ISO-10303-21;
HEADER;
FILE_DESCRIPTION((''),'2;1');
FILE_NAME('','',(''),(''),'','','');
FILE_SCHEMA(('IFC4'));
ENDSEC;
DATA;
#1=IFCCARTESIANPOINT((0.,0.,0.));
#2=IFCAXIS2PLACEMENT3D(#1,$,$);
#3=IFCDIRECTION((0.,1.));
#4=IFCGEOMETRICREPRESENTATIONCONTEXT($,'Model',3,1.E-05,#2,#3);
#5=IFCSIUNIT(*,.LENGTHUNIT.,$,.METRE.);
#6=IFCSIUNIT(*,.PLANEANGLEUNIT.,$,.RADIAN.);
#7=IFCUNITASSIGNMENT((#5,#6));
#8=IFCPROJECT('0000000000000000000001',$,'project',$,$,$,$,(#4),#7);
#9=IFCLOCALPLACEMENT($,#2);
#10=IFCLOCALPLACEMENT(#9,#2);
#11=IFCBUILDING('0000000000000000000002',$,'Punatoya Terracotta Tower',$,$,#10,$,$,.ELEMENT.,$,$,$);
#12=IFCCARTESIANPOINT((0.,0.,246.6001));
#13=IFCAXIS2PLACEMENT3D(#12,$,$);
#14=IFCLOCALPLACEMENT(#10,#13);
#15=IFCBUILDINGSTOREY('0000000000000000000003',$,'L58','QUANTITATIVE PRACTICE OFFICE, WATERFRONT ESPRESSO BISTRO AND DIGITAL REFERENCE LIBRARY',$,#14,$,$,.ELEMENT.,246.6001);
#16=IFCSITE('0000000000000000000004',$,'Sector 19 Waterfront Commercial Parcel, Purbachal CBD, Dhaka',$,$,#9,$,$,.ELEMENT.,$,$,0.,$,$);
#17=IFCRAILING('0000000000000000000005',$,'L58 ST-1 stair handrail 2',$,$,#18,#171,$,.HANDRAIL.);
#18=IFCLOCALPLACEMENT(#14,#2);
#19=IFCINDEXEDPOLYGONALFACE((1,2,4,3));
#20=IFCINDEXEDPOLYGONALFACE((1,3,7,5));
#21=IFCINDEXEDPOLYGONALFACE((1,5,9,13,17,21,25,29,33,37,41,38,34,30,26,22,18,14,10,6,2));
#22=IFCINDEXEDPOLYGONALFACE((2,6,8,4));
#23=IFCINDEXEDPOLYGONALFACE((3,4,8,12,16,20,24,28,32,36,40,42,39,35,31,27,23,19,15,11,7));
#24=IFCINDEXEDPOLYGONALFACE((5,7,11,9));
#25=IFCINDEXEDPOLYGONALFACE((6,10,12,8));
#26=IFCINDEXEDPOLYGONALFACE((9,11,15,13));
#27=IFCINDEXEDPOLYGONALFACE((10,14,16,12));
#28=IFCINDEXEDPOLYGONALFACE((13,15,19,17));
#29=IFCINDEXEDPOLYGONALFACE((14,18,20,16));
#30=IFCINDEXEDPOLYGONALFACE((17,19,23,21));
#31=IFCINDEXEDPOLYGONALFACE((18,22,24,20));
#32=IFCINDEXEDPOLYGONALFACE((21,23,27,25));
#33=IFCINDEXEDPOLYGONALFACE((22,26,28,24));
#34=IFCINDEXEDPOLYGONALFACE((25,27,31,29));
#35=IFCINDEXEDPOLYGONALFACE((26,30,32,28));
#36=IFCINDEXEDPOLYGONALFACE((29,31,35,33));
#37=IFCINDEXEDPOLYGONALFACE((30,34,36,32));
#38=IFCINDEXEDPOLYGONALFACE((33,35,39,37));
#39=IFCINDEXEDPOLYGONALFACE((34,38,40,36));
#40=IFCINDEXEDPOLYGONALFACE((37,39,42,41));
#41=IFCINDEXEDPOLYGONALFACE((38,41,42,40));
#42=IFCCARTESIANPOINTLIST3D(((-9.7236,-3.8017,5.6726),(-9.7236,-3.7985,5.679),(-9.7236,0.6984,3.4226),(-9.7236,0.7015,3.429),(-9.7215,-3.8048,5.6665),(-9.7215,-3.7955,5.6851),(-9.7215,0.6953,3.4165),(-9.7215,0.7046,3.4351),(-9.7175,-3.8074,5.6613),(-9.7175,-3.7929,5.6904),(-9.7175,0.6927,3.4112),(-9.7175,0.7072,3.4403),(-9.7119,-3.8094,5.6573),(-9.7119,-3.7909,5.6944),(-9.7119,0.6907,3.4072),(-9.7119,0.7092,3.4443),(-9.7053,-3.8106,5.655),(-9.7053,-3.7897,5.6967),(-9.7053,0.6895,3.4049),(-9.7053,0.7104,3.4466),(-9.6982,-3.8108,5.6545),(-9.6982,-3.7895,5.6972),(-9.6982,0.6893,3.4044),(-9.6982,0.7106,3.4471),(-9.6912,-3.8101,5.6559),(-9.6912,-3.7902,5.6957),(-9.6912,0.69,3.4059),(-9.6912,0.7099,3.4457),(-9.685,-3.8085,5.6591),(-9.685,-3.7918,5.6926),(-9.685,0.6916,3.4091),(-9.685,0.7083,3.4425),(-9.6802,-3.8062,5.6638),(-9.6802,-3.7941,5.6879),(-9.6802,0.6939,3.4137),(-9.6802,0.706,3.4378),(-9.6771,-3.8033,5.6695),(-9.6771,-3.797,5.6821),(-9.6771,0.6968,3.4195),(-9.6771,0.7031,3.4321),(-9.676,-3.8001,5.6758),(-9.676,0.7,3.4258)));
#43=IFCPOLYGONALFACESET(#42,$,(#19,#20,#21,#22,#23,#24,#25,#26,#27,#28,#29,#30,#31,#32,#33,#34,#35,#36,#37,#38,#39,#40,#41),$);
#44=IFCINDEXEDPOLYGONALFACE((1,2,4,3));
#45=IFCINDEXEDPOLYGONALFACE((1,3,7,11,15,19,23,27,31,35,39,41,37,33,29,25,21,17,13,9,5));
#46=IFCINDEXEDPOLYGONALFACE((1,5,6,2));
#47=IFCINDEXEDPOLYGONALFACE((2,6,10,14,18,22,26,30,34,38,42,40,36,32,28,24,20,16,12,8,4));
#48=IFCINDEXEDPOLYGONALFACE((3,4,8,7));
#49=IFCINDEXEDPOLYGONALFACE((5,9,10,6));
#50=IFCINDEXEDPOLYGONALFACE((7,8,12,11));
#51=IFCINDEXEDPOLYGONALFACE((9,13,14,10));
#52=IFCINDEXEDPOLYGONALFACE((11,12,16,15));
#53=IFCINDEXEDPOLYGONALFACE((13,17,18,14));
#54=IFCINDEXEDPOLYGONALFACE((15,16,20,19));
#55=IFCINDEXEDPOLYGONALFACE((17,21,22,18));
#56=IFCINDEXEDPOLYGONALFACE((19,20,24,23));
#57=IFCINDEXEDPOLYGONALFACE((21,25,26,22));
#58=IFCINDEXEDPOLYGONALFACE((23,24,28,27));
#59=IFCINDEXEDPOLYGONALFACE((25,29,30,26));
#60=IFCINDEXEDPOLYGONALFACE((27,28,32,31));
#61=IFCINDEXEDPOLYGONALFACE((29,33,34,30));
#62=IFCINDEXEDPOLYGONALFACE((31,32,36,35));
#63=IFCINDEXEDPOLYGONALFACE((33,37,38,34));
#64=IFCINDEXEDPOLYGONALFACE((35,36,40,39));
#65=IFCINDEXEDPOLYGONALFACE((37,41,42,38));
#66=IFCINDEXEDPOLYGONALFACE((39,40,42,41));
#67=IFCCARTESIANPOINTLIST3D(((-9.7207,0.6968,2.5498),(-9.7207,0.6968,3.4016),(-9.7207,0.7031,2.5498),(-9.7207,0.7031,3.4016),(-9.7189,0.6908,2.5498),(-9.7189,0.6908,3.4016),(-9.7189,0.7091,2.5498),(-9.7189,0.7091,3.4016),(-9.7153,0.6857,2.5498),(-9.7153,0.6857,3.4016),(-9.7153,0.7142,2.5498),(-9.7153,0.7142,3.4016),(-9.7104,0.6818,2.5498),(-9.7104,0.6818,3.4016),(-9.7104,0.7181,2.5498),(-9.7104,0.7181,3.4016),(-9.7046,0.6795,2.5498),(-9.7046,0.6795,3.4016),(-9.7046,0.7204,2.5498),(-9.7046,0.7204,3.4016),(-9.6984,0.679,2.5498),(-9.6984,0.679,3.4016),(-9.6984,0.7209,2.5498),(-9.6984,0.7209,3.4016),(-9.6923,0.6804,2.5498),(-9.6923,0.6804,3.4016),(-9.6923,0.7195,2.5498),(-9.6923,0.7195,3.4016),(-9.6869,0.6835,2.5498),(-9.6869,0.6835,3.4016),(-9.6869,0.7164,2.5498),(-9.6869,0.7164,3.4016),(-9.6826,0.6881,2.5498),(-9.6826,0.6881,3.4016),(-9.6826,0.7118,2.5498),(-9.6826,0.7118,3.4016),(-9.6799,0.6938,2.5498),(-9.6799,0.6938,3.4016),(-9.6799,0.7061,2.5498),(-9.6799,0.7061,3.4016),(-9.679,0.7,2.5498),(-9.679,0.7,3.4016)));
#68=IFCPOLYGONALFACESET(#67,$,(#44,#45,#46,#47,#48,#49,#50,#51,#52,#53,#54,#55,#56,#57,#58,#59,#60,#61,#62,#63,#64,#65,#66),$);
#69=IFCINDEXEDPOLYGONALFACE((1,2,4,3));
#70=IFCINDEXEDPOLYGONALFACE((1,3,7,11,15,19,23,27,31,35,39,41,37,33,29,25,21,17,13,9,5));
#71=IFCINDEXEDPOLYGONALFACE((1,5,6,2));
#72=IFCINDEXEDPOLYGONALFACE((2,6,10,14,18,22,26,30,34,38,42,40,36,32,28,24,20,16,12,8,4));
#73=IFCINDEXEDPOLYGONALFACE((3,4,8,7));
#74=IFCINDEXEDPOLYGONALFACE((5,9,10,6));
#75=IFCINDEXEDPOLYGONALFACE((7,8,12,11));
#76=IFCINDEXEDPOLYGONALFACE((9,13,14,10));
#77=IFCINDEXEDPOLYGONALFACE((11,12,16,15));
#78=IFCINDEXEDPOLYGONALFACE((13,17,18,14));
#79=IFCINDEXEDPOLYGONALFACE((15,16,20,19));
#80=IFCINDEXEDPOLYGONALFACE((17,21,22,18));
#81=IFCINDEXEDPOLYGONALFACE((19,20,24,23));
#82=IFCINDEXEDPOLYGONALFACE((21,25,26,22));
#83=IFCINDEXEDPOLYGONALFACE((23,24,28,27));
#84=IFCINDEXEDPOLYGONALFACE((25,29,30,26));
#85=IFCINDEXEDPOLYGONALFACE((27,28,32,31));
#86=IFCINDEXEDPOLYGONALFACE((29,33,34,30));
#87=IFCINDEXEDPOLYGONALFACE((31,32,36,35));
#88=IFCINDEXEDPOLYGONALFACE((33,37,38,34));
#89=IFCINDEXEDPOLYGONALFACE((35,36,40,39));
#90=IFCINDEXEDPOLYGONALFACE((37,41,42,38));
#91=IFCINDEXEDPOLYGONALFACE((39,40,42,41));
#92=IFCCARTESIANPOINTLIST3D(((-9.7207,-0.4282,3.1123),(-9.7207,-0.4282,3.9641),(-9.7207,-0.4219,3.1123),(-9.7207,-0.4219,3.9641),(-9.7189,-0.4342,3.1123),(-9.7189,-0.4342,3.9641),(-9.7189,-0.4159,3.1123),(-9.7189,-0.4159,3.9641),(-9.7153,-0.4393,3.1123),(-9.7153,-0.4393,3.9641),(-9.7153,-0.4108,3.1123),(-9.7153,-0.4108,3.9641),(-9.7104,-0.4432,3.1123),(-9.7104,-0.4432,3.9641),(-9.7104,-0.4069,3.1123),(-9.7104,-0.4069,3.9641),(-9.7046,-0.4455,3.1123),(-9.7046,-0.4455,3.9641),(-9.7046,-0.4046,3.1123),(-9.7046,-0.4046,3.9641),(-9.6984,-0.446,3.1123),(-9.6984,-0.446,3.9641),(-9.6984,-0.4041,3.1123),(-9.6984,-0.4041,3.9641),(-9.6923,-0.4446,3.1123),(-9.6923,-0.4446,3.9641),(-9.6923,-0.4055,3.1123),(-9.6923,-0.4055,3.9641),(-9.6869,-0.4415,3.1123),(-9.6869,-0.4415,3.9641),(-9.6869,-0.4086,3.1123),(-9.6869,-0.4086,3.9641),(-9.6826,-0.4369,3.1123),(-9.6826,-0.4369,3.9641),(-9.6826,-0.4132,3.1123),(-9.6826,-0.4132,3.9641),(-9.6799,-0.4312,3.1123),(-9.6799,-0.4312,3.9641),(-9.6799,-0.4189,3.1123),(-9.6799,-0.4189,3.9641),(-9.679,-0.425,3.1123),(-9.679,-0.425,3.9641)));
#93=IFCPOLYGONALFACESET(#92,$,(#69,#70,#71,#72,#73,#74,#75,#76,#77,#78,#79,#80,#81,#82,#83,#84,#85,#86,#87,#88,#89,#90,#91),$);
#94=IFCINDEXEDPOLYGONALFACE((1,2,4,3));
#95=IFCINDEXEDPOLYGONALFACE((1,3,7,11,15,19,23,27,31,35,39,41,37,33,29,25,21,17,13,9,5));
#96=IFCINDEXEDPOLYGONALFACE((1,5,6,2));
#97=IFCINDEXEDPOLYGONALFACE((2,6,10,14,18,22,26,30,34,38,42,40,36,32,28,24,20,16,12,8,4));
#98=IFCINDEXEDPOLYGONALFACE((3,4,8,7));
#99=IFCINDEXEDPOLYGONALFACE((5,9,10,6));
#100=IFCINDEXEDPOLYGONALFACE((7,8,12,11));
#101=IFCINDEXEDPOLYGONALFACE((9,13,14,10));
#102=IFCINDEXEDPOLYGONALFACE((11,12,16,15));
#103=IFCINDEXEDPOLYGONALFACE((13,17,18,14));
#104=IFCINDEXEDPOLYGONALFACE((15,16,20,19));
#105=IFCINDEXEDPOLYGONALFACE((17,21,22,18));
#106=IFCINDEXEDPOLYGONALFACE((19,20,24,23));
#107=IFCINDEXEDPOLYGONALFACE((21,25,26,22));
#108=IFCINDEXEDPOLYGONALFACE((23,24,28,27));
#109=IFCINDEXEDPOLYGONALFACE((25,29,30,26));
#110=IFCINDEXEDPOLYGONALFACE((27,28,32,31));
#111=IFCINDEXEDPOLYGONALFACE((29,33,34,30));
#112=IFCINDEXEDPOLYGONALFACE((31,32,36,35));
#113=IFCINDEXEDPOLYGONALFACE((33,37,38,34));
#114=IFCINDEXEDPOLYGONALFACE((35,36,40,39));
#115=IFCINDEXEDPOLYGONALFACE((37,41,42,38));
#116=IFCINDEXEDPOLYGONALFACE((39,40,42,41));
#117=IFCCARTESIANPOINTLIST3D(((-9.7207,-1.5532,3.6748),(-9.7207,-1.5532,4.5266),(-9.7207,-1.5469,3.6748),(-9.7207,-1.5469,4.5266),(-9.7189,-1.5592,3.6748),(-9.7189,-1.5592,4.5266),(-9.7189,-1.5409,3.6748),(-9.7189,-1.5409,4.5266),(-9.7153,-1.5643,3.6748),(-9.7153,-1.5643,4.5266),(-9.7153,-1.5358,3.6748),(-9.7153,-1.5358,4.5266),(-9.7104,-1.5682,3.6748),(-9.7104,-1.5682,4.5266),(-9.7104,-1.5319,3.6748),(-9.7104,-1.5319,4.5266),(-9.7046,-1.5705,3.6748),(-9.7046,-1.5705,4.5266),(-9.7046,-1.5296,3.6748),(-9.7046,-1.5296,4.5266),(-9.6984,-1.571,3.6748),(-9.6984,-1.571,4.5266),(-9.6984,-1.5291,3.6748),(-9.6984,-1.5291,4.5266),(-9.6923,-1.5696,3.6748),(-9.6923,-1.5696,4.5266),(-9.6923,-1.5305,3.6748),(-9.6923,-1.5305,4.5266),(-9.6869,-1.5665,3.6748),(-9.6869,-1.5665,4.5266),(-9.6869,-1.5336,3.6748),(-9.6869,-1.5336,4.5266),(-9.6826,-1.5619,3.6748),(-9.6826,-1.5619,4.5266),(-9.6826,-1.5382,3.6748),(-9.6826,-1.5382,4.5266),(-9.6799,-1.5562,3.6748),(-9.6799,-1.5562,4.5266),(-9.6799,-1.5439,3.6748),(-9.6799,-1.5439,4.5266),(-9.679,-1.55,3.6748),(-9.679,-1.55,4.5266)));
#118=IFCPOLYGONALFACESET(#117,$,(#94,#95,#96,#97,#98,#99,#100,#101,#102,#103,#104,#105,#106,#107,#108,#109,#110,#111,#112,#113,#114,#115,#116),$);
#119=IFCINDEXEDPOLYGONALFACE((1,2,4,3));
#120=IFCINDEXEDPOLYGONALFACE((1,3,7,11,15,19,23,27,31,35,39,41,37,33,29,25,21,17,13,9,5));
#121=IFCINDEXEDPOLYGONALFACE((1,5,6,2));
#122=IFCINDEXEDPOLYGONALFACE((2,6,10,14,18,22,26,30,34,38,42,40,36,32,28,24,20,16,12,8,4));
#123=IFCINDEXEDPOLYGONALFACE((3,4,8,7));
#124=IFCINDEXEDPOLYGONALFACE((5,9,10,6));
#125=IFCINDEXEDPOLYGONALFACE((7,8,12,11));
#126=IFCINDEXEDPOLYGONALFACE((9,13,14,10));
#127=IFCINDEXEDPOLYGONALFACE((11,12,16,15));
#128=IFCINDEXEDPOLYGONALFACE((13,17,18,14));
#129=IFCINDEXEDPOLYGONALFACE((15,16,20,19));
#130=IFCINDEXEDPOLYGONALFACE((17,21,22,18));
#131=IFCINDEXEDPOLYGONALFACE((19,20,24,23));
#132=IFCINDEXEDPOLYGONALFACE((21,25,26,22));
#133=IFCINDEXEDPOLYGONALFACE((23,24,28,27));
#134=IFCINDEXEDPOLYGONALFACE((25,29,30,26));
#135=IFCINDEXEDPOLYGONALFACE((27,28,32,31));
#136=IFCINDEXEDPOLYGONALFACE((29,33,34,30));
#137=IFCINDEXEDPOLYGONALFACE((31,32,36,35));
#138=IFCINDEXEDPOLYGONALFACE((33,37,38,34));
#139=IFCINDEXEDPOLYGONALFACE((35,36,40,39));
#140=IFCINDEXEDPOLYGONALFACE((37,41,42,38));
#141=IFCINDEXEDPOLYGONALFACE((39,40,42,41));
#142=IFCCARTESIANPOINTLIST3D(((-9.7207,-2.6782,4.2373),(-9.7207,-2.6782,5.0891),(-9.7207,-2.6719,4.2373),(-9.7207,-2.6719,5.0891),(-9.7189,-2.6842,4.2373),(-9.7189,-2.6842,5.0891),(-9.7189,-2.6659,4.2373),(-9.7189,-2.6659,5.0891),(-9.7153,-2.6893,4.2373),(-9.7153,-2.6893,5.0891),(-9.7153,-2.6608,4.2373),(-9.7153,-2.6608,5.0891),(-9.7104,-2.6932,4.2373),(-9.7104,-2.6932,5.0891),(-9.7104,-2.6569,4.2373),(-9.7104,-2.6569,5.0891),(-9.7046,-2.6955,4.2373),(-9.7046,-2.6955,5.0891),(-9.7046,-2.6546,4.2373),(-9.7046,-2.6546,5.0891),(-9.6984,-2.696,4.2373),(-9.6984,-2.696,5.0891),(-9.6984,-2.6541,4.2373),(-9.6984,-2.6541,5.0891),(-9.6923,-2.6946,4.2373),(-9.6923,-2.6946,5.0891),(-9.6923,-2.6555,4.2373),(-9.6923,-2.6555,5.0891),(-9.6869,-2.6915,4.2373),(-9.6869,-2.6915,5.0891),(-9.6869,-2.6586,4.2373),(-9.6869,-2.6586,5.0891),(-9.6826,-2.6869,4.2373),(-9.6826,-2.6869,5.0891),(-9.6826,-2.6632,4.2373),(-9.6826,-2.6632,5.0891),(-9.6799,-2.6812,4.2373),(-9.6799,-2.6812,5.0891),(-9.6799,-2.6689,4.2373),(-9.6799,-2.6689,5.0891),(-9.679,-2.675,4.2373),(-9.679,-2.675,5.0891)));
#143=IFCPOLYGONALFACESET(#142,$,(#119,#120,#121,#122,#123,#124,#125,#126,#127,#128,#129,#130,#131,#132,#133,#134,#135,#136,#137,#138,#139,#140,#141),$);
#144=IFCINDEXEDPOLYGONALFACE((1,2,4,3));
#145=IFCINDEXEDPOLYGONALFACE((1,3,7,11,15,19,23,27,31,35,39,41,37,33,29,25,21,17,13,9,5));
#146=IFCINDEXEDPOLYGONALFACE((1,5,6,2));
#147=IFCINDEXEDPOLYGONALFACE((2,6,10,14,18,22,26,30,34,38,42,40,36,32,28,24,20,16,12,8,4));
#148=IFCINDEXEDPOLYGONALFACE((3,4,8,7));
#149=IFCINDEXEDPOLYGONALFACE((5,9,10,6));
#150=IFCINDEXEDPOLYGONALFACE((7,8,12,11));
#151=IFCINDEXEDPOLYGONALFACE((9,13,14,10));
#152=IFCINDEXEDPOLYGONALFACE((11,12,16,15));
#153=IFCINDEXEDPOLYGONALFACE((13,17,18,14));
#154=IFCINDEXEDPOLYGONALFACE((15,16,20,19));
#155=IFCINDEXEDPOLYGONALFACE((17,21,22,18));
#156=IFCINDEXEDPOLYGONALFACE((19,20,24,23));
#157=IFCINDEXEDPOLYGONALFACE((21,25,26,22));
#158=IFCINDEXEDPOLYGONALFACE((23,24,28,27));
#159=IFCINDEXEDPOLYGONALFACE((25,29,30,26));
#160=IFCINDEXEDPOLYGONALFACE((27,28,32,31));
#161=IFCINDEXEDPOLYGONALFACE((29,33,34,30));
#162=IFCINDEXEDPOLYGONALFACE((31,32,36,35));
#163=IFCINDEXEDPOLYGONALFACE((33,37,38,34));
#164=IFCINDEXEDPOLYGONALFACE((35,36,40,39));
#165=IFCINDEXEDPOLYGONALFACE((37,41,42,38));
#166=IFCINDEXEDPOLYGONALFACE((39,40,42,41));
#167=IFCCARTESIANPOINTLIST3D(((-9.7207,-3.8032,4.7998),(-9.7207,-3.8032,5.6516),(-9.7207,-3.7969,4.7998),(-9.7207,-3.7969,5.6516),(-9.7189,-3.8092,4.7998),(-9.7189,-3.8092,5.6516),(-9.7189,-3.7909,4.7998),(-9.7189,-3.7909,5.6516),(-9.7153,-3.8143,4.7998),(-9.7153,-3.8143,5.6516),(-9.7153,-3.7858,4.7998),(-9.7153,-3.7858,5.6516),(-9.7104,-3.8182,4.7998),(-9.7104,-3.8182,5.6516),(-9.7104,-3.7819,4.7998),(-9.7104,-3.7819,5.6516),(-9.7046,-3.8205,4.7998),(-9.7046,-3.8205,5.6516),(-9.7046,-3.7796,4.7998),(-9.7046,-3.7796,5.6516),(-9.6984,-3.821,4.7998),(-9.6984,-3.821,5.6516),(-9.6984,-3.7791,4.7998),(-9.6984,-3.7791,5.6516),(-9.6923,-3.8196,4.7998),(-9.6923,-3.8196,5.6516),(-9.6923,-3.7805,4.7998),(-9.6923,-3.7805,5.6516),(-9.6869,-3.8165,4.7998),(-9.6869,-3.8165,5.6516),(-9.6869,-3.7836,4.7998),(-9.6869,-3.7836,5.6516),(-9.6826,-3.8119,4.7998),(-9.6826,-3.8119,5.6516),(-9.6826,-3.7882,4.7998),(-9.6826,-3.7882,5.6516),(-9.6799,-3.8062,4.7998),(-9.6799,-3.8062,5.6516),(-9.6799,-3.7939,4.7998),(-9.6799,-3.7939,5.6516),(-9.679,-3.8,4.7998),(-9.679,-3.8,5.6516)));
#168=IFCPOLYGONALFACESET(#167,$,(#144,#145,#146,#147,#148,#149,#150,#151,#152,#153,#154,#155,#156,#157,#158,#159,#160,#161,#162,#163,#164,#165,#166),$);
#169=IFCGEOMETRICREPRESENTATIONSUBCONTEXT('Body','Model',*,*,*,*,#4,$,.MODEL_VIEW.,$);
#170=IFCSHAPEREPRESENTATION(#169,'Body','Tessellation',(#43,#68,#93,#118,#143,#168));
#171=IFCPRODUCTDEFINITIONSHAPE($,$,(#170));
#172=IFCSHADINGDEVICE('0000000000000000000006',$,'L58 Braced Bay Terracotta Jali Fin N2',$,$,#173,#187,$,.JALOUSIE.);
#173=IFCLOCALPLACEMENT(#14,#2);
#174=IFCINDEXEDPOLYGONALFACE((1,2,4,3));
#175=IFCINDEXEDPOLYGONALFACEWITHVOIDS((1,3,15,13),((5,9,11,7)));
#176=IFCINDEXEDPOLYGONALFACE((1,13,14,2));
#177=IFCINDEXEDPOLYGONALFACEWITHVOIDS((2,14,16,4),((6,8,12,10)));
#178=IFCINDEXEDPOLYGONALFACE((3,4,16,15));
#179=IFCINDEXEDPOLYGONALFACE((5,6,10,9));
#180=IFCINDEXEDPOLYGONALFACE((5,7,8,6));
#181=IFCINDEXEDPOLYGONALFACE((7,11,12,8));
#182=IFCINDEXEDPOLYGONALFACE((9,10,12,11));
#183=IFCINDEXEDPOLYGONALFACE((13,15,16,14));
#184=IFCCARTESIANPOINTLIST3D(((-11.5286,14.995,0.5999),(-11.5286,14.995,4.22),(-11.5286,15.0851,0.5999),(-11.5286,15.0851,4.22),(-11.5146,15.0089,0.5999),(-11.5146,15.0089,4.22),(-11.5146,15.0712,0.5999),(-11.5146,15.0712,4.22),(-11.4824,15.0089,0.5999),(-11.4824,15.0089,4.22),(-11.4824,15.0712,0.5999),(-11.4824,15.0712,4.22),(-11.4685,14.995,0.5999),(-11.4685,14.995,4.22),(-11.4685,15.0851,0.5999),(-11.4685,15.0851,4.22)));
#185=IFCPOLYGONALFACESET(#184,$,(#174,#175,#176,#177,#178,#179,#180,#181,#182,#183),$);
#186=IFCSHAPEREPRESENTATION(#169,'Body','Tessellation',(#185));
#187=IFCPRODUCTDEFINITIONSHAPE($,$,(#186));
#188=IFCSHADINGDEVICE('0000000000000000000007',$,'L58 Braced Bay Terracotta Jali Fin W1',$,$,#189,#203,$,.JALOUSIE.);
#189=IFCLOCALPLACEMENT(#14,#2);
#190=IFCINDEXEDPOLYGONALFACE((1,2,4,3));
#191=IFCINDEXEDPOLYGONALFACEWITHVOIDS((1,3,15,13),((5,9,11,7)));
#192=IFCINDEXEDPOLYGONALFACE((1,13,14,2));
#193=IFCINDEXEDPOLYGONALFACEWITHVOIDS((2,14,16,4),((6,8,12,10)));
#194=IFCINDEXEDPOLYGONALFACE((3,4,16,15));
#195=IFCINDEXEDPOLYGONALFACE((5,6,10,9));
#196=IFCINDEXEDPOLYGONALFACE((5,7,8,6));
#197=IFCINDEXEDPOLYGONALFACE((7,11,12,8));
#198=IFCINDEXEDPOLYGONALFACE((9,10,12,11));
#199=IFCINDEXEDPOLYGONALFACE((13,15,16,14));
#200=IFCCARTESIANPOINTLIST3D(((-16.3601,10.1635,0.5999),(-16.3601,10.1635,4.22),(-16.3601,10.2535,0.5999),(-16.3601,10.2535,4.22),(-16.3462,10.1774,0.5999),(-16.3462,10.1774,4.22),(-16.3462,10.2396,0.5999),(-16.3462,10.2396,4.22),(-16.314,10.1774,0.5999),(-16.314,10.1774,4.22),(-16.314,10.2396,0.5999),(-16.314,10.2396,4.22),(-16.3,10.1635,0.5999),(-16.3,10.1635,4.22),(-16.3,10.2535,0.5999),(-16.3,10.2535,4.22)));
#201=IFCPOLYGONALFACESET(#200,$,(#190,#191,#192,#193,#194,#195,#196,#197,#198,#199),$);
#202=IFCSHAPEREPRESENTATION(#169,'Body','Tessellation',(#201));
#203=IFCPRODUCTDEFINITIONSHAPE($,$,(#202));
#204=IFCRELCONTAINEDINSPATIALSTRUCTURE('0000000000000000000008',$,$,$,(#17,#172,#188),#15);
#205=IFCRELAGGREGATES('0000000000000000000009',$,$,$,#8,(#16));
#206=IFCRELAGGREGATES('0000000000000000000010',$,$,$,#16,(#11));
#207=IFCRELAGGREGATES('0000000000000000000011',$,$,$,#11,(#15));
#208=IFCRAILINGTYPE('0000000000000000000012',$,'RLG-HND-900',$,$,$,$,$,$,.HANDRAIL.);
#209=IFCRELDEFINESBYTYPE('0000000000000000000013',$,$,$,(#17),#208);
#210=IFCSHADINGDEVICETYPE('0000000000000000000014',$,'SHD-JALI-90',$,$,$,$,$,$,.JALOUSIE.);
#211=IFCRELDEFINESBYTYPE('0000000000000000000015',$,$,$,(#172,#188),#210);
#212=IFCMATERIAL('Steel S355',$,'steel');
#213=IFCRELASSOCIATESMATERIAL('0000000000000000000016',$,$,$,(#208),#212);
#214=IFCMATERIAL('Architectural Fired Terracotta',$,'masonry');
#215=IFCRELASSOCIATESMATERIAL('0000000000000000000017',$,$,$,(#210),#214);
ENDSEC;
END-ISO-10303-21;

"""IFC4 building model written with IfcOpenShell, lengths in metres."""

from ifc_helpers import new_model, si_unit, direction, frame, origin, origin_2d, place, context, subcontext, project, spatial, hollow_rectangle, circle, extrude, material, material_profile, profile_set, type_object, element, save


model = new_model("IFC4")

# Units and contexts
model_context = context("Model", 3, precision=1e-05, world=origin(), true_north=direction((0.0, 1.0)))
body_context = subcontext(model_context, "Body", "Model", "MODEL_VIEW")
ifc_project = project(units=[si_unit("LENGTHUNIT", "METRE"), si_unit("PLANEANGLEUNIT", "RADIAN")], contexts=[model_context])

# Site, building, storey
site_placement = place(None, origin())
site = spatial("IfcSite", under=ifc_project, at=site_placement, Name="Sector 19 Waterfront Commercial Parcel, Purbachal CBD, Dhaka", CompositionType="ELEMENT", RefElevation=0.0)
building_placement = place(site_placement, origin())
building = spatial("IfcBuilding", under=site, at=building_placement, Name="Punatoya Terracotta Tower", CompositionType="ELEMENT")
storey_placement = place(building_placement, frame((0.0, 0.0, 246.6001)))
storey = spatial("IfcBuildingStorey", under=building, at=storey_placement, Name="L58", Description="QUANTITATIVE PRACTICE OFFICE, WATERFRONT ESPRESSO BISTRO AND DIGITAL REFERENCE LIBRARY", CompositionType="ELEMENT", Elevation=246.6001)

# Shared definitions
ifc_material_1 = material(Name="Steel S355", Category="steel")

# Railing
railing_type = type_object("IfcRailingType", Name="RLG-HND-900", PredefinedType="HANDRAIL", material=ifc_material_1)
railing_placement = place(storey_placement, frame((-9.7, 0.7, 2.5498)))
element("IfcRailing", 1, at=railing_placement, inside=storey, type_object=railing_type, Name="L58 ST-1 stair handrail 2", PredefinedType="HANDRAIL", context=body_context, shape_type="SweptSolid", body=[
    extrude(circle(Radius=0.0239, at=origin_2d()), frame((0.0, 0.0, 0.876), z_axis=(0.0, -0.894427, 0.447214), x_axis=(1.0, 0.0, 0.0)), (0.0, 0.0, 1.0), 5.0312),
    extrude(circle(Radius=0.021, at=origin_2d()), origin(), (0.0, 0.0, 1.0), 0.8518),
    extrude(circle(Radius=0.021, at=origin_2d()), frame((0.0, -1.125, 0.5625)), (0.0, 0.0, 1.0), 0.8518),
    extrude(circle(Radius=0.021, at=origin_2d()), frame((0.0, -2.25, 1.125)), (0.0, 0.0, 1.0), 0.8518),
    extrude(circle(Radius=0.021, at=origin_2d()), frame((0.0, -3.375, 1.6875)), (0.0, 0.0, 1.0), 0.8518),
    extrude(circle(Radius=0.021, at=origin_2d()), frame((0.0, -4.5, 2.25)), (0.0, 0.0, 1.0), 0.8518),
])

# Shading devices
ifc_material_2 = material(Name="Architectural Fired Terracotta", Category="masonry")
ifc_material_profile_1 = material_profile(ifc_material_2, hollow_rectangle(XDim=0.0601, YDim=0.0901, WallThickness=0.0139, at=origin_2d()))
ifc_profile_set_1 = profile_set([ifc_material_profile_1], Name="Architectural Fired Terracotta")
shading_device_type = type_object("IfcShadingDeviceType", Name="SHD-JALI-90", PredefinedType="JALOUSIE", material=ifc_profile_set_1)
for number, where, z_axis, x_axis, name in (
    (2, (-11.4985, 15.04, 0.5999), (0.0, 0.0, 1.0), (1.0, 0.0, 0.0), "L58 Braced Bay Terracotta Jali Fin N2"),
    (3, (-16.3301, 10.2085, 0.5999), (0.0, 0.0, 1.0), (1.0, 0.0, 0.0), "L58 Braced Bay Terracotta Jali Fin W1"),
):
    element("IfcShadingDevice", number, at=place(storey_placement, frame(where, z_axis=z_axis, x_axis=x_axis)), inside=storey, type_object=shading_device_type, Name=name, PredefinedType="JALOUSIE", context=body_context, shape_type="SweptSolid", body=[
        extrude(hollow_rectangle(XDim=0.0601, YDim=0.0901, WallThickness=0.0139, at=origin_2d()), origin(), (0.0, 0.0, 1.0), 3.6201),
    ])

save(model, "model.ifc")
